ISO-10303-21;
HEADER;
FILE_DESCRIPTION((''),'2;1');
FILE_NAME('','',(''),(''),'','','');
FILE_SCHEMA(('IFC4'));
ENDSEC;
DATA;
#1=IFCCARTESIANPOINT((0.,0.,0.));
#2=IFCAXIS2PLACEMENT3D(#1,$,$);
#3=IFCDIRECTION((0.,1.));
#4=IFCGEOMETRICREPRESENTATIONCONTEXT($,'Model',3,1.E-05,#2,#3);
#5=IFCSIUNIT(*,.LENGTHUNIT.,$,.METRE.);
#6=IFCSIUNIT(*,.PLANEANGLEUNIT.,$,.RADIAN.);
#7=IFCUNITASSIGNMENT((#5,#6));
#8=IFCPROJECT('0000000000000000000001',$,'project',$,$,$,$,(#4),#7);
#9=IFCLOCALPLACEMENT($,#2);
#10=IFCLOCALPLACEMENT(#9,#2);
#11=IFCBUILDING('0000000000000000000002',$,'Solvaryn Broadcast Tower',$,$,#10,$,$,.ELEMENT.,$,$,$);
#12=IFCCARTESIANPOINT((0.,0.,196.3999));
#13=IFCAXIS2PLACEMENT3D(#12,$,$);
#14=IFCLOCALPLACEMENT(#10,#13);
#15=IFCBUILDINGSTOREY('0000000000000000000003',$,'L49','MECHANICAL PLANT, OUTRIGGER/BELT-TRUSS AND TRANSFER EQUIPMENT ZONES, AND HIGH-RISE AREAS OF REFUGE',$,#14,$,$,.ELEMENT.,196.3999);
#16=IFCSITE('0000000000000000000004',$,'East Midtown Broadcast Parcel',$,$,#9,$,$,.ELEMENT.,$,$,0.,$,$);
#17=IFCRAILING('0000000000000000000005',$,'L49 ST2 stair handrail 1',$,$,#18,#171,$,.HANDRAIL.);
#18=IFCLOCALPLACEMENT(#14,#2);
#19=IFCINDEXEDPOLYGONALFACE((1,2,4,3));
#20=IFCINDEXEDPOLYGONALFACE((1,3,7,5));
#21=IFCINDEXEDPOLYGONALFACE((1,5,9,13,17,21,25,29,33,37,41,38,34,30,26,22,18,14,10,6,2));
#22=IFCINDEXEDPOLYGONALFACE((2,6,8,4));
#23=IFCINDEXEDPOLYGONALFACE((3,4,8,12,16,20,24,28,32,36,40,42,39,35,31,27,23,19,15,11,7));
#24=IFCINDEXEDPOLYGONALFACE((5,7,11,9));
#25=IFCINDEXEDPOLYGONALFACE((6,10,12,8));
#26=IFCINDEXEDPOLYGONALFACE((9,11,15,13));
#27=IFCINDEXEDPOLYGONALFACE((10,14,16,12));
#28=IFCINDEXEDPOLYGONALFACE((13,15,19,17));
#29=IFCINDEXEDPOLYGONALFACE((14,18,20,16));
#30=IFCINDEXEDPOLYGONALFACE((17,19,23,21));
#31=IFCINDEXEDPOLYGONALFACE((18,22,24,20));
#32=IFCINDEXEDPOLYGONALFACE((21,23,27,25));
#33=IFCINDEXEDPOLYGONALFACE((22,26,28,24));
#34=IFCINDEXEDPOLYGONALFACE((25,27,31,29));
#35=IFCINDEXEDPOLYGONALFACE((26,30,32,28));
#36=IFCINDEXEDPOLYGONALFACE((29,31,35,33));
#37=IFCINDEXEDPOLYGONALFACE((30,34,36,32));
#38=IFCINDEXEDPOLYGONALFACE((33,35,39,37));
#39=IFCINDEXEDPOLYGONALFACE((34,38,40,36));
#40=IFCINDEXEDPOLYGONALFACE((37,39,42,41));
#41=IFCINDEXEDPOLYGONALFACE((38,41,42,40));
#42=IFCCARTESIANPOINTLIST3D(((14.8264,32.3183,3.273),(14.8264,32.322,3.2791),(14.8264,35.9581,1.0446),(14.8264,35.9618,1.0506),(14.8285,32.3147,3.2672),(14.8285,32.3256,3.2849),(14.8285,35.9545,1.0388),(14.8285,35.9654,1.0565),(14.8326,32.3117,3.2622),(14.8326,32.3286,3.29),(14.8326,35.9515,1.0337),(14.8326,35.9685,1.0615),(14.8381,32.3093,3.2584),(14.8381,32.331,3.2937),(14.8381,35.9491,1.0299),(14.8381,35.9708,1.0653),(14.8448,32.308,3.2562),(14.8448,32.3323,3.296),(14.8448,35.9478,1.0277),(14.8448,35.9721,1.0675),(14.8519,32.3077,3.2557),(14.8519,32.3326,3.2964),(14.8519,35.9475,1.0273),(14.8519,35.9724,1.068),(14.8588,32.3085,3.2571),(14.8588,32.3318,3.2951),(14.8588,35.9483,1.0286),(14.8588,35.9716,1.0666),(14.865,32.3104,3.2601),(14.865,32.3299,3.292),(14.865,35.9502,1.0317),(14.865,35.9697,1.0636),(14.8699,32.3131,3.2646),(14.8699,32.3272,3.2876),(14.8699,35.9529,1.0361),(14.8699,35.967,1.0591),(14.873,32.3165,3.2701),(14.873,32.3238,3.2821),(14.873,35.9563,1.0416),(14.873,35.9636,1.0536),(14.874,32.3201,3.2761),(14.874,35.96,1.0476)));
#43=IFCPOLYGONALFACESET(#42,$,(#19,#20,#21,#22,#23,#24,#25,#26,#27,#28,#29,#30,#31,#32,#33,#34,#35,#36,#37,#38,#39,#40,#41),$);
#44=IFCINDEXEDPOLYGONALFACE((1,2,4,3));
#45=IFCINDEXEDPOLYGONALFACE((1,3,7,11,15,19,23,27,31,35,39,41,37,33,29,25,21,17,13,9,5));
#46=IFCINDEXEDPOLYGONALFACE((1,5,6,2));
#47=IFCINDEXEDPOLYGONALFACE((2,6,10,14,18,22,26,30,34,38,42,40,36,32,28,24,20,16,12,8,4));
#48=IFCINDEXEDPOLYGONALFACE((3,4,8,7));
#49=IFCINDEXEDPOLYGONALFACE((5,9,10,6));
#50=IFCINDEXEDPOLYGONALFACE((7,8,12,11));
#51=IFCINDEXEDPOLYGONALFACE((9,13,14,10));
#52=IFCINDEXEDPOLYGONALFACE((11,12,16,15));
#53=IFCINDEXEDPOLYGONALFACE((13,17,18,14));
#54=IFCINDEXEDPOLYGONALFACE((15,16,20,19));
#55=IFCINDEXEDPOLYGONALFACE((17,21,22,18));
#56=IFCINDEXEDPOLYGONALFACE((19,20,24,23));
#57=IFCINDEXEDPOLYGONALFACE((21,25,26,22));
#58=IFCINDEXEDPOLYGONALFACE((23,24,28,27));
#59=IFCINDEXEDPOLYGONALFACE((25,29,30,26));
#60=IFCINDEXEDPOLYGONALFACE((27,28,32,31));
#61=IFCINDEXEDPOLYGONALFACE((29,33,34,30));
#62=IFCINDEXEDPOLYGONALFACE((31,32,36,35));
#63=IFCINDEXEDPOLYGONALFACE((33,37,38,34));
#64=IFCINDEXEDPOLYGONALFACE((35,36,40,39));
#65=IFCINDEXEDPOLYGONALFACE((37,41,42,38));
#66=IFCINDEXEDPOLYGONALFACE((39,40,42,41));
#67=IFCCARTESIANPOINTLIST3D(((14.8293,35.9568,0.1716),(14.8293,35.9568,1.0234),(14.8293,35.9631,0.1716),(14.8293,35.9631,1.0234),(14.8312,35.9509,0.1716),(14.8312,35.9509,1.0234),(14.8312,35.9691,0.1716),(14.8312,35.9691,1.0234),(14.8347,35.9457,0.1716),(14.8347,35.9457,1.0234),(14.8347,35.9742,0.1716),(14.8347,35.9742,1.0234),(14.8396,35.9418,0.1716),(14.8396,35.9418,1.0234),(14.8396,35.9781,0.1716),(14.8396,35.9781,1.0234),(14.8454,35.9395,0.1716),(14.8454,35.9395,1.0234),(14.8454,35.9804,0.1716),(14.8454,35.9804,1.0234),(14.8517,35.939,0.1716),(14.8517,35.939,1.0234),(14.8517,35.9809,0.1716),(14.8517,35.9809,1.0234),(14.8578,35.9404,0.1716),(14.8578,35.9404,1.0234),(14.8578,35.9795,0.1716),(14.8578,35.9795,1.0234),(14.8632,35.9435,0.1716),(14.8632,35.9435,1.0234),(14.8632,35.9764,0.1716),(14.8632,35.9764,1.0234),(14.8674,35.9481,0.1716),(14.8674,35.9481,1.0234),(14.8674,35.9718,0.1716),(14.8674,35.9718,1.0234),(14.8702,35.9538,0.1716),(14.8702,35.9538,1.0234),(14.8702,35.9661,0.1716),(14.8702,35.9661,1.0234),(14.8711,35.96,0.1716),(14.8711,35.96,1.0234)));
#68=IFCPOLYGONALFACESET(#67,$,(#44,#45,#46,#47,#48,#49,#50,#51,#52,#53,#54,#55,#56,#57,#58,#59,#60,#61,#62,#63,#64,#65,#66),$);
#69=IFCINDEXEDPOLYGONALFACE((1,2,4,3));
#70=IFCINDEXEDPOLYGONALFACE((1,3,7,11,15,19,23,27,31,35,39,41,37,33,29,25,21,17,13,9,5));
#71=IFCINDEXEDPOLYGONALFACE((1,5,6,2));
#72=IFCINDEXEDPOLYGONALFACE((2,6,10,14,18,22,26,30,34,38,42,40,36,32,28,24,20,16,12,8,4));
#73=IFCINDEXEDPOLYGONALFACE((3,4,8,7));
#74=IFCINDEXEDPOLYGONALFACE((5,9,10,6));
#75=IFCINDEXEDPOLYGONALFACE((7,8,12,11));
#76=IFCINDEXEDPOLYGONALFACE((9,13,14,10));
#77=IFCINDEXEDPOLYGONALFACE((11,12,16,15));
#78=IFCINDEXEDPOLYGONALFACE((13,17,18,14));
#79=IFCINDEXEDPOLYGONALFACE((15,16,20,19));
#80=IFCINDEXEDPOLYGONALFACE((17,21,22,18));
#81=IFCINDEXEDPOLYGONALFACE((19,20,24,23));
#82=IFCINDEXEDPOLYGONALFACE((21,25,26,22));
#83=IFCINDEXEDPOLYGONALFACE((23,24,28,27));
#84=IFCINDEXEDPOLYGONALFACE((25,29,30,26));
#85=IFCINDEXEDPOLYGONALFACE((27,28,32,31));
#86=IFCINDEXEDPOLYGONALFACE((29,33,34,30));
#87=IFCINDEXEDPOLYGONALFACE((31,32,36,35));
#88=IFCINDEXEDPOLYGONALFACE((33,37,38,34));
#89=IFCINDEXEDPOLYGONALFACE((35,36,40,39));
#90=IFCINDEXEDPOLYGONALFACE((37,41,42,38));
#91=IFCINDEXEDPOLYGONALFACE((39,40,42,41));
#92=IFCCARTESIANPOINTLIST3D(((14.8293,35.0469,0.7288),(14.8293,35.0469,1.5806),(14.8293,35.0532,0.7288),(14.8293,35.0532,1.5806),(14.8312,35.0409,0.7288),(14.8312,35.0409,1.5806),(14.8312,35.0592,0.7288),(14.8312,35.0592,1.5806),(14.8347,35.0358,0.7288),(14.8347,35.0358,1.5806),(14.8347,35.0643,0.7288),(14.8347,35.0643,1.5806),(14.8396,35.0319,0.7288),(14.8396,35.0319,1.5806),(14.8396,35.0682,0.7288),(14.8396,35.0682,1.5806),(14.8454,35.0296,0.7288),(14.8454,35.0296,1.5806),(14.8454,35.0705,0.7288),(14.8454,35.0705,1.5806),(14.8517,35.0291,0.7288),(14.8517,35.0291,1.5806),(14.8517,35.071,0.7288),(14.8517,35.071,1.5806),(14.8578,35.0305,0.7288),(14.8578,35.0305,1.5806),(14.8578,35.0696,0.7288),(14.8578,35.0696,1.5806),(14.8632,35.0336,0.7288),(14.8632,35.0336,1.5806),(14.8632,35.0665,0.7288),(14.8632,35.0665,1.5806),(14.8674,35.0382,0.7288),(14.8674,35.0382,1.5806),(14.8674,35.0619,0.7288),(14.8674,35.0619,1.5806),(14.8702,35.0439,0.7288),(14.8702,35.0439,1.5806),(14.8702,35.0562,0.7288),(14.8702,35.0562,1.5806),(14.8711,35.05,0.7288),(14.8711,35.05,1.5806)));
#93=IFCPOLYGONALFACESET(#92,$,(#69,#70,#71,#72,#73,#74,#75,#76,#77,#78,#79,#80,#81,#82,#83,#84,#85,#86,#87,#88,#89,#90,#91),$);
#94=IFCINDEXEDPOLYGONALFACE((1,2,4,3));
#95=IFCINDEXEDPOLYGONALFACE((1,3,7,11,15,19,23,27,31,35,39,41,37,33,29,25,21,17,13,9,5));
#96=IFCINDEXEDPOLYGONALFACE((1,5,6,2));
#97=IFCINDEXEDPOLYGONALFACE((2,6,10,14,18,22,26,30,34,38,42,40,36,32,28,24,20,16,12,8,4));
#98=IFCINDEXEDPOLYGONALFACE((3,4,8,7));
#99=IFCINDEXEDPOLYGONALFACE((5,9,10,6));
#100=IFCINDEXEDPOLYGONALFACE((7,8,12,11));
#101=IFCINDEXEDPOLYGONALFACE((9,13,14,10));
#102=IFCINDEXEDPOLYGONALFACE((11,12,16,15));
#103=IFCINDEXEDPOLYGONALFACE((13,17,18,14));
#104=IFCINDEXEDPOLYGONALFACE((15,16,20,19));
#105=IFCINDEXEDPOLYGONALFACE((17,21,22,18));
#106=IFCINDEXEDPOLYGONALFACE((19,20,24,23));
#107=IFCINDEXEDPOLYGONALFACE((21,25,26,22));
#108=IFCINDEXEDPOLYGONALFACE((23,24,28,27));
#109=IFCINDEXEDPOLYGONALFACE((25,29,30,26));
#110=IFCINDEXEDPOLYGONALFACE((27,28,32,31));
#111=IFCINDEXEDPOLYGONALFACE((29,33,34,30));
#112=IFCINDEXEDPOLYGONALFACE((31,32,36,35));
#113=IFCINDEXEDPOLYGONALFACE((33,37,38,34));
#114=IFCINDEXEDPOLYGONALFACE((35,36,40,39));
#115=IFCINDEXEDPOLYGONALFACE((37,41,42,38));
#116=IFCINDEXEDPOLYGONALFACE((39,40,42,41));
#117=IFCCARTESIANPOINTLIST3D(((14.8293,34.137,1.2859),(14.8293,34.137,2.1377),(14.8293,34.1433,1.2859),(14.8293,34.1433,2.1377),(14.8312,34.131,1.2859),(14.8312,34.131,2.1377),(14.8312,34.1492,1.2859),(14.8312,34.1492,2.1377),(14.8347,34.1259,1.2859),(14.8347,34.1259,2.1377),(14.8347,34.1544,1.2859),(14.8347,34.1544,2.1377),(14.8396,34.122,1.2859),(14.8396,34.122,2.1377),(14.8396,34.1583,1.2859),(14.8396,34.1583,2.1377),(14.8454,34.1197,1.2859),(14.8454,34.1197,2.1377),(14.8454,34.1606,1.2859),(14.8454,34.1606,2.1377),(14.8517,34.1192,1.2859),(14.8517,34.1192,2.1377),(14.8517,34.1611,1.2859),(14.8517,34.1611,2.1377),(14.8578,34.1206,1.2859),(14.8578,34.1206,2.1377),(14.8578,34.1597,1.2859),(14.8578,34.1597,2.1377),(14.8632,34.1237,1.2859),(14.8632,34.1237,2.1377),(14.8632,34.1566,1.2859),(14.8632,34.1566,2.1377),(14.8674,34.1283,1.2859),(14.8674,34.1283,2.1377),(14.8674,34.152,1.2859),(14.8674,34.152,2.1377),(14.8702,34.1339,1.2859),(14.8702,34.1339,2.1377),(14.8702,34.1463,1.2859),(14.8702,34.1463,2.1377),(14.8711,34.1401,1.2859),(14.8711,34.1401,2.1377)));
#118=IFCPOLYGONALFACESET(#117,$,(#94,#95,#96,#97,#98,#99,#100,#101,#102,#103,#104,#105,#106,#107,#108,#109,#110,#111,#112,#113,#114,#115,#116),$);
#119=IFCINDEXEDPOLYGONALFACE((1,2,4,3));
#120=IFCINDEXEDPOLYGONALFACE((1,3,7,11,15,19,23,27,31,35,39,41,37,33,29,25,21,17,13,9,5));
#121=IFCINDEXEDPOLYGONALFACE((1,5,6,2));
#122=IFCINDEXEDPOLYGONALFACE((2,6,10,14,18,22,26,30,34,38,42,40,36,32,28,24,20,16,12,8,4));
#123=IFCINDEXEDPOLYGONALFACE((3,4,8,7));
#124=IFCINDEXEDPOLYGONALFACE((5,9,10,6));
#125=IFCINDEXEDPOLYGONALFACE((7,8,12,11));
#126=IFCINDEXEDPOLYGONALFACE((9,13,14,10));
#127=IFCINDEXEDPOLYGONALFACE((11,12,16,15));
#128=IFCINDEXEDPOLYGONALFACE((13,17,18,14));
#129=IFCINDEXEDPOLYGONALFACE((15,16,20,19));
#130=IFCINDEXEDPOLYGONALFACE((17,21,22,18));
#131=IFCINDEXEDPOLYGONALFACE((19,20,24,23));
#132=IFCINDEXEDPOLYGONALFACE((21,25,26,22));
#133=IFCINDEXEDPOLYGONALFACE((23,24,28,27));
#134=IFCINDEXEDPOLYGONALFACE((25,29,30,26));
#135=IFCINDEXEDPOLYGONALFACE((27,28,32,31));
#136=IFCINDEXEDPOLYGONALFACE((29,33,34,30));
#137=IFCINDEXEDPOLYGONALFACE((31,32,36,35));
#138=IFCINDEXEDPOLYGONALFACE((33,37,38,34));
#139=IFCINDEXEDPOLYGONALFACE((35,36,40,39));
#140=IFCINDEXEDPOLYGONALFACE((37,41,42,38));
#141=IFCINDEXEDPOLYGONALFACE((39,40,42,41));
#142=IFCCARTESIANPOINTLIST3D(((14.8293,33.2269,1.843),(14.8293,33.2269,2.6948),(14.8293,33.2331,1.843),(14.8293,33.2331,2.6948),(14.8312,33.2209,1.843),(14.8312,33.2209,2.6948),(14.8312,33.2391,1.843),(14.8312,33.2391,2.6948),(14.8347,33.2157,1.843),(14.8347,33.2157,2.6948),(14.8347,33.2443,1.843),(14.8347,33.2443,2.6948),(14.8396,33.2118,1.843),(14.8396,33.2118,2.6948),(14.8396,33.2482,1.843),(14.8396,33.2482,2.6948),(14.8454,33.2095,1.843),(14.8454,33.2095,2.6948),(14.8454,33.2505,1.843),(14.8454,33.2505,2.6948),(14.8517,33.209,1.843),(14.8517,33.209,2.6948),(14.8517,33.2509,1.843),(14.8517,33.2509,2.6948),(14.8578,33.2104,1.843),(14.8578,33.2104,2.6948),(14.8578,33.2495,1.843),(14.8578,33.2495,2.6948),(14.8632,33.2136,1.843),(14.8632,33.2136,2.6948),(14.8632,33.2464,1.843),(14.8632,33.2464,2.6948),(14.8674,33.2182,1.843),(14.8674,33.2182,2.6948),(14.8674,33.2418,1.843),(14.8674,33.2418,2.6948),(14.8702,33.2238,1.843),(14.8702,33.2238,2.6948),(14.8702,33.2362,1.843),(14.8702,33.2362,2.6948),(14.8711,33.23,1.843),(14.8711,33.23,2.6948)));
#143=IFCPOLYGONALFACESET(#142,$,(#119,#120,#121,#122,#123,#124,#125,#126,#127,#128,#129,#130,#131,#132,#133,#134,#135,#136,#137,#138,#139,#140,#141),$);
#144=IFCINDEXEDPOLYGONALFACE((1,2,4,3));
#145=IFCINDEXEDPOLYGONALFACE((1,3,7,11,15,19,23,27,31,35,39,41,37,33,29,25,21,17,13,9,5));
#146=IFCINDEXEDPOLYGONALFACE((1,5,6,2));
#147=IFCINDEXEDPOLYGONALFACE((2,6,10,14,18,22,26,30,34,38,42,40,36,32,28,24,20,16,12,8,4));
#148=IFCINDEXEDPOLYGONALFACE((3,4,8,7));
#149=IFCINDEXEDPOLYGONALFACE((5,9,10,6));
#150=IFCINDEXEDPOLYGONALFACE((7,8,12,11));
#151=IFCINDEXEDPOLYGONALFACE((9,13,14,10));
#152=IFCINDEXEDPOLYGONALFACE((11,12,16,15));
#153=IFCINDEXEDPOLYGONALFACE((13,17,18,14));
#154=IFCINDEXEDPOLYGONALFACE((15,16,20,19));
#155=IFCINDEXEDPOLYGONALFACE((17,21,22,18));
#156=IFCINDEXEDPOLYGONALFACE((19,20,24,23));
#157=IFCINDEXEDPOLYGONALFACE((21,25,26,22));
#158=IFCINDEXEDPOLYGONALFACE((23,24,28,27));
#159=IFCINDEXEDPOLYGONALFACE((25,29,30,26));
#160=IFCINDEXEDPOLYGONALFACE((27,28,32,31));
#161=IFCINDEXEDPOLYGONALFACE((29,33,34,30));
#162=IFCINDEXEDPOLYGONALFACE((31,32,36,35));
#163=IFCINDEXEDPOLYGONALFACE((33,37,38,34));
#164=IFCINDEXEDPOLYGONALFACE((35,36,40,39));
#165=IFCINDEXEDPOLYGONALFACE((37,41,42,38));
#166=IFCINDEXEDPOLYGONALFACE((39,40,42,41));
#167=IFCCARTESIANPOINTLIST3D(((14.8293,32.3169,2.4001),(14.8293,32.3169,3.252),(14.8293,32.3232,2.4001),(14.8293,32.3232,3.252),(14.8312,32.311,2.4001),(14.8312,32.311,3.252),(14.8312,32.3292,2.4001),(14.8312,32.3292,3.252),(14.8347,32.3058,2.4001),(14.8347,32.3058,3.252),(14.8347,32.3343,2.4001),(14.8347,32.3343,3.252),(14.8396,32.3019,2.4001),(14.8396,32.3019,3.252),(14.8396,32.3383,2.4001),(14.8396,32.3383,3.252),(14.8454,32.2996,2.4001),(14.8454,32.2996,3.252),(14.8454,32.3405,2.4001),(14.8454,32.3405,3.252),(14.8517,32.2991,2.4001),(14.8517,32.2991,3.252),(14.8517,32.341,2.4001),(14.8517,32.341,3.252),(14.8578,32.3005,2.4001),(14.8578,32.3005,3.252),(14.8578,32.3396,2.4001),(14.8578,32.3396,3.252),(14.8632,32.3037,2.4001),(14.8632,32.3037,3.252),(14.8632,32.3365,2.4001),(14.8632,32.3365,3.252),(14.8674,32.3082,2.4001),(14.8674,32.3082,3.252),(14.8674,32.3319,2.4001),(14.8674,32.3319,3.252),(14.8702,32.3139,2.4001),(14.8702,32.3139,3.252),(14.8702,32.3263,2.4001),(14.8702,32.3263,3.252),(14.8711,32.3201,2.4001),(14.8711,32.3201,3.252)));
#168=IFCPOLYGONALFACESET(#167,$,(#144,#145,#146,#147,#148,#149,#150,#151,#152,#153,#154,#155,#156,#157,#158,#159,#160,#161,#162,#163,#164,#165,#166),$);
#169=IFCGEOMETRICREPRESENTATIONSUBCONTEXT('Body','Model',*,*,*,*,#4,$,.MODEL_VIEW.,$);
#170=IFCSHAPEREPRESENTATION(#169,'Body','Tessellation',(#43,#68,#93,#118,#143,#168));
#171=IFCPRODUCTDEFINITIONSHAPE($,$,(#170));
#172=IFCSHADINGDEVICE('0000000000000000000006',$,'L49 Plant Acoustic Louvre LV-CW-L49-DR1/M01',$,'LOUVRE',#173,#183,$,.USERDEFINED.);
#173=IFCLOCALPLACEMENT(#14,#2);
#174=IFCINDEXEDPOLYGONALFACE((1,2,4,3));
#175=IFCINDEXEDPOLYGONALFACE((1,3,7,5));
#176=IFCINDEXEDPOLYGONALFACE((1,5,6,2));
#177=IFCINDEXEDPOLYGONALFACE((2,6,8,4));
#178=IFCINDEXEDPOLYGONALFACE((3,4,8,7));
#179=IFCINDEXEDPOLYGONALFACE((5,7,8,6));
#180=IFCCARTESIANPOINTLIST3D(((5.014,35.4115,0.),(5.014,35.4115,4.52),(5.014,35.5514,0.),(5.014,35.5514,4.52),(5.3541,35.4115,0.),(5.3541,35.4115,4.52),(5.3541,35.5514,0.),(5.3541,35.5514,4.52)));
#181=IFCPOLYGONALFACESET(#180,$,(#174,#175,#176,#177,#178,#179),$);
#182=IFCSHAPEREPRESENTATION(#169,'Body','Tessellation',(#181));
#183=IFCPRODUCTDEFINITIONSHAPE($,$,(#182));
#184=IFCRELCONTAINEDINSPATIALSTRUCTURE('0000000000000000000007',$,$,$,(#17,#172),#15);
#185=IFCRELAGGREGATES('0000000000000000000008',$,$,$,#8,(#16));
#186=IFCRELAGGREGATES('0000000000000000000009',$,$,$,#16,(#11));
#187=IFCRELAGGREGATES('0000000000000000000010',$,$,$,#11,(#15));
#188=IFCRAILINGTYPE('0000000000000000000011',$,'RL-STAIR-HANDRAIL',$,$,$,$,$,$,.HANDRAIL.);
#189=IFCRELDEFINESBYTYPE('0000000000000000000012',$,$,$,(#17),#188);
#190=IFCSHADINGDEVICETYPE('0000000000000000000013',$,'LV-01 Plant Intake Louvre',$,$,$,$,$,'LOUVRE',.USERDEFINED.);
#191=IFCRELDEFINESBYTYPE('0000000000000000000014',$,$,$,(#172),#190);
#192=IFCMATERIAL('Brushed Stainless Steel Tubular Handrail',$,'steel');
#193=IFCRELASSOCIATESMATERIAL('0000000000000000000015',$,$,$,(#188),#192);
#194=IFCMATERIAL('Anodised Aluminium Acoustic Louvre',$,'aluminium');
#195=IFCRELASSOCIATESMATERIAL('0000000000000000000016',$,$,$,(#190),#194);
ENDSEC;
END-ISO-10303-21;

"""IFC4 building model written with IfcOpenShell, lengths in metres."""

from ifc_helpers import new_model, si_unit, direction, frame, origin, origin_2d, place, context, subcontext, project, spatial, rectangle, circle, extrude, material, type_object, element, save


model = new_model("IFC4")

# Units and contexts
model_context = context("Model", 3, precision=1e-05, world=origin(), true_north=direction((0.0, 1.0)))
body_context = subcontext(model_context, "Body", "Model", "MODEL_VIEW")
ifc_project = project(units=[si_unit("LENGTHUNIT", "METRE"), si_unit("PLANEANGLEUNIT", "RADIAN")], contexts=[model_context])

# Site, building, storey
site_placement = place(None, origin())
site = spatial("IfcSite", under=ifc_project, at=site_placement, Name="East Midtown Broadcast Parcel", CompositionType="ELEMENT", RefElevation=0.0)
building_placement = place(site_placement, origin())
building = spatial("IfcBuilding", under=site, at=building_placement, Name="Solvaryn Broadcast Tower", CompositionType="ELEMENT")
storey_placement = place(building_placement, frame((0.0, 0.0, 196.3999)))
storey = spatial("IfcBuildingStorey", under=building, at=storey_placement, Name="L49", Description="MECHANICAL PLANT, OUTRIGGER/BELT-TRUSS AND TRANSFER EQUIPMENT ZONES, AND HIGH-RISE AREAS OF REFUGE", CompositionType="ELEMENT", Elevation=196.3999)

# Railing
ifc_material_1 = material(Name="Brushed Stainless Steel Tubular Handrail", Category="steel")
railing_type_1 = type_object("IfcRailingType", Name="RL-STAIR-HANDRAIL", PredefinedType="HANDRAIL", material=ifc_material_1)
railing_1_placement = place(storey_placement, frame((14.8501, 35.96, 0.1716)))
element("IfcRailing", 1, at=railing_1_placement, inside=storey, type_object=railing_type_1, Name="L49 ST2 stair handrail 1", PredefinedType="HANDRAIL", context=body_context, shape_type="SweptSolid", body=[
    extrude(circle(Radius=0.0239, at=origin_2d()), frame((0.0, 0.0, 0.876), z_axis=(0.0, -0.85285, 0.522156), x_axis=(1.0, 0.0, 0.0)), (0.0, 0.0, 1.0), 4.2678),
    extrude(circle(Radius=0.021, at=origin_2d()), origin(), (0.0, 0.0, 1.0), 0.8518),
    extrude(circle(Radius=0.021, at=origin_2d()), frame((0.0, -0.9099, 0.5571)), (0.0, 0.0, 1.0), 0.8518),
    extrude(circle(Radius=0.021, at=origin_2d()), frame((0.0, -1.8198, 1.1143)), (0.0, 0.0, 1.0), 0.8518),
    extrude(circle(Radius=0.021, at=origin_2d()), frame((0.0, -2.73, 1.6714)), (0.0, 0.0, 1.0), 0.8518),
    extrude(circle(Radius=0.021, at=origin_2d()), frame((0.0, -3.6399, 2.2285)), (0.0, 0.0, 1.0), 0.8518),
])

# Shading device
ifc_material_2 = material(Name="Anodised Aluminium Acoustic Louvre", Category="aluminium")
shading_device_type = type_object("IfcShadingDeviceType", Name="LV-01 Plant Intake Louvre", ElementType="LOUVRE", PredefinedType="USERDEFINED", material=ifc_material_2)
shading_device_placement = place(storey_placement, frame((5.1841, 35.4814, 0.0), z_axis=(0.0, 0.0, 1.0), x_axis=(1.0, 0.0, 0.0)))
element("IfcShadingDevice", 2, at=shading_device_placement, inside=storey, type_object=shading_device_type, Name="L49 Plant Acoustic Louvre LV-CW-L49-DR1/M01", ObjectType="LOUVRE", PredefinedType="USERDEFINED", context=body_context, shape_type="SweptSolid", body=[
    extrude(rectangle(XDim=0.3401, YDim=0.1399, at=origin_2d()), origin(), (0.0, 0.0, 1.0), 4.52),
])

save(model, "model.ifc")
